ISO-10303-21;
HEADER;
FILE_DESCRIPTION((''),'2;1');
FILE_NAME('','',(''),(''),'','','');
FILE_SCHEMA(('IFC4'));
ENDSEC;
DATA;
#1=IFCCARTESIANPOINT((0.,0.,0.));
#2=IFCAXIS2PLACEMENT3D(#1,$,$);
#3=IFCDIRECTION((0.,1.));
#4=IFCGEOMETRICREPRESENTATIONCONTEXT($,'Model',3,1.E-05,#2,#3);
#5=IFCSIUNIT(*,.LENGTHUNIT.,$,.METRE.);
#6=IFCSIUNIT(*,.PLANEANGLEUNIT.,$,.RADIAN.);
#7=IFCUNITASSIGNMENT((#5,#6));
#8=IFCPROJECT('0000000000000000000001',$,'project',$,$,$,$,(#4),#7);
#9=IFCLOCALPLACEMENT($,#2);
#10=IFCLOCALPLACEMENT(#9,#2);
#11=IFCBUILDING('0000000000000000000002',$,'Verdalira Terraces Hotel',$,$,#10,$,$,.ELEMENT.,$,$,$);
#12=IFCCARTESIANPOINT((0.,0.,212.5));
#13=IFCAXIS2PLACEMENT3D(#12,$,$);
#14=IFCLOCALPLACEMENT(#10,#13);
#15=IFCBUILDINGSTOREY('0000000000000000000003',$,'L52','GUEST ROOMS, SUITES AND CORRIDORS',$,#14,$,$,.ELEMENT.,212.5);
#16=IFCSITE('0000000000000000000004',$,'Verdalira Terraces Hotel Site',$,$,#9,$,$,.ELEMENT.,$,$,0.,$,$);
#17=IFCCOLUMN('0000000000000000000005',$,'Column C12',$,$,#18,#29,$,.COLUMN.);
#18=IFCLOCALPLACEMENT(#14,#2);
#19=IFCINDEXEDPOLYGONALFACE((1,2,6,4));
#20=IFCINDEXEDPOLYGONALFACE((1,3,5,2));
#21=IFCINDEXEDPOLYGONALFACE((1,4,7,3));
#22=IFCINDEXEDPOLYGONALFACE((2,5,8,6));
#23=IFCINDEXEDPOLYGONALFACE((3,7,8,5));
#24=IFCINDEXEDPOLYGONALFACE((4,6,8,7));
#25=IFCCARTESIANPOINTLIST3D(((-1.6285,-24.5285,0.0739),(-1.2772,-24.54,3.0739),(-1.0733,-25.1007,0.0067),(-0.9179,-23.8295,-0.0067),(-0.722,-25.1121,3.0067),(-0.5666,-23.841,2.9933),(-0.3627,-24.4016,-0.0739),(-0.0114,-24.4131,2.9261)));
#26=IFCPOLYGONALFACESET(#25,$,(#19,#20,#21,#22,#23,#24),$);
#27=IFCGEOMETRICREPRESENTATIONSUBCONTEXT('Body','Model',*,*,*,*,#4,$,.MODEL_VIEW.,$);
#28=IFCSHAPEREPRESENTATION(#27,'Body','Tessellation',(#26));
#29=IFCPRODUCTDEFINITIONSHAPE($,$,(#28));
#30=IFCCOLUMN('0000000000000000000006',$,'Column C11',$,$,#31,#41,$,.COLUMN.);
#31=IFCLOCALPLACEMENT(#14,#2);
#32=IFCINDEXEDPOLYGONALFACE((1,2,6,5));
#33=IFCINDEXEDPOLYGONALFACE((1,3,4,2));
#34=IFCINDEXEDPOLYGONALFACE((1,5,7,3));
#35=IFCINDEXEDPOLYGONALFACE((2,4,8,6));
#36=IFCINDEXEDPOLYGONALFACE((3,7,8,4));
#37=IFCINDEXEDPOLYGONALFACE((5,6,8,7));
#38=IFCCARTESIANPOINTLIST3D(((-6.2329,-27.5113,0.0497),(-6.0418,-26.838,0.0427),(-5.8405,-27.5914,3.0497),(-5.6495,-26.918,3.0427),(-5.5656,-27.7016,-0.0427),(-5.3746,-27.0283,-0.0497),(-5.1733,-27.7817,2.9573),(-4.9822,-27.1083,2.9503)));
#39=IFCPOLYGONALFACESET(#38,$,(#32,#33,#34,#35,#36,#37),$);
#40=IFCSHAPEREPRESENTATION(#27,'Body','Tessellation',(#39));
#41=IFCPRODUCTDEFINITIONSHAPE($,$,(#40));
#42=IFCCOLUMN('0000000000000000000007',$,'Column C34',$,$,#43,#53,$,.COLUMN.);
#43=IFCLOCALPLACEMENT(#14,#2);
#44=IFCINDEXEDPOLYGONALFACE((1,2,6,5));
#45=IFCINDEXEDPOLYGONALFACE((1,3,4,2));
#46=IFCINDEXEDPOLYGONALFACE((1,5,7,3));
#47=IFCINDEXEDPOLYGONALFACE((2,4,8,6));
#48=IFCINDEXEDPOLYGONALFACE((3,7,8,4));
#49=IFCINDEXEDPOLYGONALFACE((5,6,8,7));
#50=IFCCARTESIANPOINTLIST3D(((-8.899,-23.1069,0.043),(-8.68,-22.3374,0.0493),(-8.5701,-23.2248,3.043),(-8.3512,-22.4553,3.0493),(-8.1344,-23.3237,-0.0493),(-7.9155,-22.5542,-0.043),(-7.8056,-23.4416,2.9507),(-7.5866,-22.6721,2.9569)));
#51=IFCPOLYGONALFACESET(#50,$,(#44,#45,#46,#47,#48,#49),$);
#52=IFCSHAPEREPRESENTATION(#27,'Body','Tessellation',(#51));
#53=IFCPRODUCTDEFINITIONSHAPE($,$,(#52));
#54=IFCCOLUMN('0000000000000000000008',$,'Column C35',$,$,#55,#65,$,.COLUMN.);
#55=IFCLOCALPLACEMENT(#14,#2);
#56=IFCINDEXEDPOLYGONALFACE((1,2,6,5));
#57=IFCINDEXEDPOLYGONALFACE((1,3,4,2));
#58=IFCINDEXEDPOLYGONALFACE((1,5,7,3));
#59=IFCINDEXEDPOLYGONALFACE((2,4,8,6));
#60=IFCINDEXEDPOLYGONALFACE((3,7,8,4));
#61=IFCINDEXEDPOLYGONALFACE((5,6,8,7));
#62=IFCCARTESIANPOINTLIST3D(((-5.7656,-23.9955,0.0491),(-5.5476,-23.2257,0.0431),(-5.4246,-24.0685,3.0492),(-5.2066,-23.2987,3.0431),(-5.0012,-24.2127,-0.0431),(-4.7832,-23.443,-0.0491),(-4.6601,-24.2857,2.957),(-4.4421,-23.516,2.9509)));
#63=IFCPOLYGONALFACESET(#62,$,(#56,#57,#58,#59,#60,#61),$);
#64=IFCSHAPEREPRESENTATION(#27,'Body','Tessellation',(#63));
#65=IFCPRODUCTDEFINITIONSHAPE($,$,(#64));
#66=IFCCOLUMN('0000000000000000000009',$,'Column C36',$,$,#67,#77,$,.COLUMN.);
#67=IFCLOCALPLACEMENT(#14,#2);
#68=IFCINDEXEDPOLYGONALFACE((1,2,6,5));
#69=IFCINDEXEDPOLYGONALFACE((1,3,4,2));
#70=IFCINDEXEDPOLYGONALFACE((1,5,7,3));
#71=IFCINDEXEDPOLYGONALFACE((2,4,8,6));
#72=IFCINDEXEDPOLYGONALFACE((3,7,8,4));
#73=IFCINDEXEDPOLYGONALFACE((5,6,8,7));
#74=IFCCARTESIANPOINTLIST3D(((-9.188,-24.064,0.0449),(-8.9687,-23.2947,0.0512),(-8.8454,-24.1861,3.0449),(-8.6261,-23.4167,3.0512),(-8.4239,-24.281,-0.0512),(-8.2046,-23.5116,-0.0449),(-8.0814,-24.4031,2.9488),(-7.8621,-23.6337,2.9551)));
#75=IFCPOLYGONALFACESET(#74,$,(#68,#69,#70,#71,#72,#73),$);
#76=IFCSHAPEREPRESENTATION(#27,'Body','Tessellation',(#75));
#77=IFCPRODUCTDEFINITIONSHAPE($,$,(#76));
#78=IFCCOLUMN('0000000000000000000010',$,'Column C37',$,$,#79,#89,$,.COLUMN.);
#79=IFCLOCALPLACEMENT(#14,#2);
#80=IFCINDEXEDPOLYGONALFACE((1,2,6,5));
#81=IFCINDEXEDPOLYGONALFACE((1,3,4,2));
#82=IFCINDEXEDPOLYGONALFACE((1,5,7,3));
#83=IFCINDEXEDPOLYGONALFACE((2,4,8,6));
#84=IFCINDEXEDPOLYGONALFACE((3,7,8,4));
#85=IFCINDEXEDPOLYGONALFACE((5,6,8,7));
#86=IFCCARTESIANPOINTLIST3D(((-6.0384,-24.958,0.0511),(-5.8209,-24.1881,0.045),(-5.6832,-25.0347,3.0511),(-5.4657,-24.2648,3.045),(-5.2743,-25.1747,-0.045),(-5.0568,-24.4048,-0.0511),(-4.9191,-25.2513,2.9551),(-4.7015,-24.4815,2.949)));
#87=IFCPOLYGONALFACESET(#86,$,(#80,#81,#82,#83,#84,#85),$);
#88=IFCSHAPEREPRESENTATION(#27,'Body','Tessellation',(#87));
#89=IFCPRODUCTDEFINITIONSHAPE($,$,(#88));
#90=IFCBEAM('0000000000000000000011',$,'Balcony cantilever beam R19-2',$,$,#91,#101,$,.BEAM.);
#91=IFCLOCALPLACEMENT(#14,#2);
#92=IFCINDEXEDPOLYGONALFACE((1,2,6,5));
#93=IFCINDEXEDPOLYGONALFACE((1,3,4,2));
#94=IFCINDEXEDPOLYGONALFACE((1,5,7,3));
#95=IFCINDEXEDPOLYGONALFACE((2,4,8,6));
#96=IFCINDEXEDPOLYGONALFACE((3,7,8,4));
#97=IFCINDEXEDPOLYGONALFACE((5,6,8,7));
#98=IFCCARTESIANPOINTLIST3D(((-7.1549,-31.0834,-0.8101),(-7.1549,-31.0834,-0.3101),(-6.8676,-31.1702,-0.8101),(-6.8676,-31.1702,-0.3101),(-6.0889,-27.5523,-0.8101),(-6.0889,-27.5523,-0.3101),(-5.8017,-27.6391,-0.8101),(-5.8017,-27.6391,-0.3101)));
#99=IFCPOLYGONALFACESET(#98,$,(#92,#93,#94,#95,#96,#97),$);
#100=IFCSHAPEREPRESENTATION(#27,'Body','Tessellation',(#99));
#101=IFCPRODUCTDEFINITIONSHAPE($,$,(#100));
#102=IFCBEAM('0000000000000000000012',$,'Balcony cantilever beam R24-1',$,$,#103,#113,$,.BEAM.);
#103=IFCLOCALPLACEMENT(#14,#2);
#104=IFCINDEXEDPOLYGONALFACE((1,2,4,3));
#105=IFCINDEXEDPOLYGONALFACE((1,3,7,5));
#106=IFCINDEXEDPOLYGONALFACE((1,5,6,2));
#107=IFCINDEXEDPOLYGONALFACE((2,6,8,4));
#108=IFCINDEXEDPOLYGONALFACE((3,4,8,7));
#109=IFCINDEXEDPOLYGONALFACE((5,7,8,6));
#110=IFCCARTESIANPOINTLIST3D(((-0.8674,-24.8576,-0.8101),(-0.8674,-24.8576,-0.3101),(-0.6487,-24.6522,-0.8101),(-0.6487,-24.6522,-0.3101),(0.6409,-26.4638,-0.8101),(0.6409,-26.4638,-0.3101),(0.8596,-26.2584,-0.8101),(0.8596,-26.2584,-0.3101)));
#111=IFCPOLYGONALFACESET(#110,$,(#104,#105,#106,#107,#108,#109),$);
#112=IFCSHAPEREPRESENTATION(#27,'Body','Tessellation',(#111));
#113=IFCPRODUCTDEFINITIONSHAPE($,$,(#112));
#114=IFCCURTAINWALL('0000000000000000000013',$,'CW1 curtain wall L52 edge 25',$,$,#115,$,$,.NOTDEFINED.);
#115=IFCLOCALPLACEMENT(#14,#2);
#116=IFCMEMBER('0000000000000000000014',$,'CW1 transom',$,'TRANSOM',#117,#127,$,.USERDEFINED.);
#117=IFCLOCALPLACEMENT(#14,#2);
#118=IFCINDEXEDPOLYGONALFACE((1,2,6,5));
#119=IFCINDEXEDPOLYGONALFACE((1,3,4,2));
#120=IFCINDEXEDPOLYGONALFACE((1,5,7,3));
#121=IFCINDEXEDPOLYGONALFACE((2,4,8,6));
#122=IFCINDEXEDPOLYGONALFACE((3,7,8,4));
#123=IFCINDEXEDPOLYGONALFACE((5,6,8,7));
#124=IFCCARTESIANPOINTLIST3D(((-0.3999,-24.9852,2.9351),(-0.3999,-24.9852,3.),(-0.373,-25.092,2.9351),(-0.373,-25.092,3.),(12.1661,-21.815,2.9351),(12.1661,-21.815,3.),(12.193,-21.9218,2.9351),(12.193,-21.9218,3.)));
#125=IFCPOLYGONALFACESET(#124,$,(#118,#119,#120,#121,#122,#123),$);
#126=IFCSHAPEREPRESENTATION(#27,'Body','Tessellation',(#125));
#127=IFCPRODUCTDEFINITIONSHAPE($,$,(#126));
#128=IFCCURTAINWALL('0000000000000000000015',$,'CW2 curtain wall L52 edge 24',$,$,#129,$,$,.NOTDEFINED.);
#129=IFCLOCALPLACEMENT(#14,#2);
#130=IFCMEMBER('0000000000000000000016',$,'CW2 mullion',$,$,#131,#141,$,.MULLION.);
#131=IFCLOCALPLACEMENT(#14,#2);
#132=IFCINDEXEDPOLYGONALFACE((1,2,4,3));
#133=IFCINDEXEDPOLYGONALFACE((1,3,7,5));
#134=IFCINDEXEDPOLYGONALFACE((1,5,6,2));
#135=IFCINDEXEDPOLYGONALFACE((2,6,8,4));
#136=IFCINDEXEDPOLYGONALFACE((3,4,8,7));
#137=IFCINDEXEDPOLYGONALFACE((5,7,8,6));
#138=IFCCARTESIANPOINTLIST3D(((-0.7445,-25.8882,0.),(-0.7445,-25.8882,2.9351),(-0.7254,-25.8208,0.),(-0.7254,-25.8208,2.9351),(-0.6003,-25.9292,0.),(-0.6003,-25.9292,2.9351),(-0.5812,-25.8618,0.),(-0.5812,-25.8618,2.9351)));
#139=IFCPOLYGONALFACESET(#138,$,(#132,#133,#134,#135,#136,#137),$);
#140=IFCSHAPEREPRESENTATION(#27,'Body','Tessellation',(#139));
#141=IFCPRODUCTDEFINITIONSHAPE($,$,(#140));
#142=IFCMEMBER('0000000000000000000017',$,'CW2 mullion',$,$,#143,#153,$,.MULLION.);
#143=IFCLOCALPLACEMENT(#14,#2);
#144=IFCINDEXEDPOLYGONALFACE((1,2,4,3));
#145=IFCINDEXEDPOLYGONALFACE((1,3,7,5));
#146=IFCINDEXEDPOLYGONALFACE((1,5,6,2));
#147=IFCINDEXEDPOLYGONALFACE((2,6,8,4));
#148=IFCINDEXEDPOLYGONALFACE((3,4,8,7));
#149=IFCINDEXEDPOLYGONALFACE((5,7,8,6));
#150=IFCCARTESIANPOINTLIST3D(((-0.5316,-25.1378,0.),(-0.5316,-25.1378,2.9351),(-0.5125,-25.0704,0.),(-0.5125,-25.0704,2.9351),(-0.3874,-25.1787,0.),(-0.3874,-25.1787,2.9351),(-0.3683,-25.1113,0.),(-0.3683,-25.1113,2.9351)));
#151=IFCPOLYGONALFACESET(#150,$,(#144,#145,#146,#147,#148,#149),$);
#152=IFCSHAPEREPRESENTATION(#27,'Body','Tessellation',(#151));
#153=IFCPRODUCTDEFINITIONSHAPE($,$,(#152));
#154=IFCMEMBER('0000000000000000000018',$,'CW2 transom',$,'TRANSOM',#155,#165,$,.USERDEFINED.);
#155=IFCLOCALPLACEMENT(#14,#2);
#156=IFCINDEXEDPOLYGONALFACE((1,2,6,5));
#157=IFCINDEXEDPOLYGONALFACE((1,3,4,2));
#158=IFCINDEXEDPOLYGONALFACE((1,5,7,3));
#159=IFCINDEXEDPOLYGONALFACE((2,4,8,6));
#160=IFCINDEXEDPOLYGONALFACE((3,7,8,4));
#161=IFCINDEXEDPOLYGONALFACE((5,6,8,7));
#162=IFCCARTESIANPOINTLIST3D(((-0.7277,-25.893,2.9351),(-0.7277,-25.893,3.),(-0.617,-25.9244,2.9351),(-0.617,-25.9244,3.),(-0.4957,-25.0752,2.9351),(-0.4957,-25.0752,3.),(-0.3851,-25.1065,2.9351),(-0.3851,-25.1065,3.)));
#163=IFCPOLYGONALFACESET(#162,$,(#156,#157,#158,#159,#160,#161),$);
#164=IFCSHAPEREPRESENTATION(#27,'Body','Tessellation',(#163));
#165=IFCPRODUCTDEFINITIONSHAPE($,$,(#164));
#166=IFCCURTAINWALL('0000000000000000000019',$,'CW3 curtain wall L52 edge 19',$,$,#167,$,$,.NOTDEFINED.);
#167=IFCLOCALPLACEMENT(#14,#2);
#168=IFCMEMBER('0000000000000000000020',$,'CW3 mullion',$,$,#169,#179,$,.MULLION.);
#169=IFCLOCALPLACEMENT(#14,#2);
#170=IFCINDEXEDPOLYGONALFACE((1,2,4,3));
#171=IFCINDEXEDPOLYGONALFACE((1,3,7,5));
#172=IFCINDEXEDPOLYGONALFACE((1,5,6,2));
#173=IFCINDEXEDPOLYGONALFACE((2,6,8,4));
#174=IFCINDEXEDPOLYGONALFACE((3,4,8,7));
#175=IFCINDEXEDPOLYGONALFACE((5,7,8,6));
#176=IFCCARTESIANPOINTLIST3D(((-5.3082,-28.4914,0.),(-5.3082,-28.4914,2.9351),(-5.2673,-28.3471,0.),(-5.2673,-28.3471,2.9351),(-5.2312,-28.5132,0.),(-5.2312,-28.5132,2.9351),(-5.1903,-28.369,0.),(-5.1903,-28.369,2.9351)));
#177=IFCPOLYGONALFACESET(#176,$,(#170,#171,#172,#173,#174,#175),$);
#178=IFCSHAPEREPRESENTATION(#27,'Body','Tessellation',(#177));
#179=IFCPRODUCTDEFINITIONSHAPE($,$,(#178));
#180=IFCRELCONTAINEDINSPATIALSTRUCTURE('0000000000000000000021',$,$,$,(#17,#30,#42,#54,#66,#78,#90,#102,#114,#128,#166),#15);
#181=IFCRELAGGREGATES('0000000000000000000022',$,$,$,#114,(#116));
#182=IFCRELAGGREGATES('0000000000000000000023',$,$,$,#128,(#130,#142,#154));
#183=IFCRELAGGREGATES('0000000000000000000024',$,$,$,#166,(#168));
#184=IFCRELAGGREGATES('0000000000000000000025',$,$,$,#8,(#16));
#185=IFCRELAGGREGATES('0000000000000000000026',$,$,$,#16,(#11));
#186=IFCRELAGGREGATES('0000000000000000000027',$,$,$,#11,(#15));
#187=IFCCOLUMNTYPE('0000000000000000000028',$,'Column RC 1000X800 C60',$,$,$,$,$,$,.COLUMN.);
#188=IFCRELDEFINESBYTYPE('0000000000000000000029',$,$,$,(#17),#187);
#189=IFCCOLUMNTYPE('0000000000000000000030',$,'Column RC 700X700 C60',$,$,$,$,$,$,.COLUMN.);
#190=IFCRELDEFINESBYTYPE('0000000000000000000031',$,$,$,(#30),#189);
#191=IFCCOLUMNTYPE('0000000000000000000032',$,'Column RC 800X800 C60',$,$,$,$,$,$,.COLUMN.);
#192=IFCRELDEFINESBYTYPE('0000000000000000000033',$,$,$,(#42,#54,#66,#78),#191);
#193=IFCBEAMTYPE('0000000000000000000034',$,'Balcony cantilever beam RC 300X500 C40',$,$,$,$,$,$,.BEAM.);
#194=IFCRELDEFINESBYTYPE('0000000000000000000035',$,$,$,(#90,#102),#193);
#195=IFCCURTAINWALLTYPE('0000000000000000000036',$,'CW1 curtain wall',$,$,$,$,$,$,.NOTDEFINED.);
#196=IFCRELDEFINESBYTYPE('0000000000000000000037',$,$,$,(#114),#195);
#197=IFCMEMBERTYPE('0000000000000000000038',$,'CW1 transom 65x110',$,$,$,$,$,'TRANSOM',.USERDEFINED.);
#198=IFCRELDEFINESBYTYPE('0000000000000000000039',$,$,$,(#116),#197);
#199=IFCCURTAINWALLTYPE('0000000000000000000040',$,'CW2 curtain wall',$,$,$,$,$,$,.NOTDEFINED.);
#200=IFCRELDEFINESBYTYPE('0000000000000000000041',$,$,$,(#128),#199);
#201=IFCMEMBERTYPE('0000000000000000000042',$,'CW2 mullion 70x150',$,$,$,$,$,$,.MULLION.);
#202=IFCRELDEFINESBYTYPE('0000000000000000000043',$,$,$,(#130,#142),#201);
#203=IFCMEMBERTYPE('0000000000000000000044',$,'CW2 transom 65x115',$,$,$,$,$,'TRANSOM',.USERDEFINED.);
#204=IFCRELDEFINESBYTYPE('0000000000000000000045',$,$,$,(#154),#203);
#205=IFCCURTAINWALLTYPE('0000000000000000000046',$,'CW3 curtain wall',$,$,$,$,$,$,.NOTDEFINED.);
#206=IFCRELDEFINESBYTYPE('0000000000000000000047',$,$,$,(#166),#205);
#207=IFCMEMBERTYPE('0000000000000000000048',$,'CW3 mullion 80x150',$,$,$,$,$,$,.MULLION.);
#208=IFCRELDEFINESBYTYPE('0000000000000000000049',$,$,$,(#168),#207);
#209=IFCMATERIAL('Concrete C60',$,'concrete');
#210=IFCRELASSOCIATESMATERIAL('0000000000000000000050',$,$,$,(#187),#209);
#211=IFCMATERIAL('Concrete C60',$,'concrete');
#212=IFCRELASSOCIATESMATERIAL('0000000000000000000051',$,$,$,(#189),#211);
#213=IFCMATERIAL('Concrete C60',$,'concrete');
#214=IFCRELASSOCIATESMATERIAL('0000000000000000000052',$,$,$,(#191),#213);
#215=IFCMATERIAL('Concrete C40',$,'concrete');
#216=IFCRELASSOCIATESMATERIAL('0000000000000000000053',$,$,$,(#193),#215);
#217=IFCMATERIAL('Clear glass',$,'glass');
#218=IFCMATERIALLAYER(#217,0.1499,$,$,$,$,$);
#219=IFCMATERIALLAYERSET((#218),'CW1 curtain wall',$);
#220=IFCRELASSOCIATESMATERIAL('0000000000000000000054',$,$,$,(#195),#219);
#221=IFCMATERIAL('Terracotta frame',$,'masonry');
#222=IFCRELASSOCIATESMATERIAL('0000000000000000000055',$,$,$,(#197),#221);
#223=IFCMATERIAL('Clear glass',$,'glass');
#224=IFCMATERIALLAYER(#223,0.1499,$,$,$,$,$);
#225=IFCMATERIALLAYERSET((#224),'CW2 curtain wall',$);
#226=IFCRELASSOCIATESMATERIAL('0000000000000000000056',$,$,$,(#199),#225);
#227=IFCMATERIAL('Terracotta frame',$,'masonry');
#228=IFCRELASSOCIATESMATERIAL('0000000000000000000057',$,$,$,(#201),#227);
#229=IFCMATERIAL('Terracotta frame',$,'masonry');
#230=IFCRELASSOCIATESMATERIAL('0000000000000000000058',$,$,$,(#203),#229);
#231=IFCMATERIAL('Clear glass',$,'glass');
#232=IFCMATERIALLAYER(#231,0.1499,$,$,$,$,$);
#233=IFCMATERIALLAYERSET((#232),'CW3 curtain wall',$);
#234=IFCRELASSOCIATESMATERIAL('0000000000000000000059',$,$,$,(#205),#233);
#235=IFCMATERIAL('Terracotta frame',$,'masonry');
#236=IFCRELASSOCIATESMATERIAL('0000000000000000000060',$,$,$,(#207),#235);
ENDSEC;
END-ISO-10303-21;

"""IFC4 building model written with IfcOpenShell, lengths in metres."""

from ifc_helpers import new_model, si_unit, direction, frame, origin, origin_2d, place, context, subcontext, project, spatial, rectangle, extrude, material, layer, layer_set, material_profile, profile_set, type_object, element, aggregate, save


model = new_model("IFC4")

# Units and contexts
model_context = context("Model", 3, precision=1e-05, world=origin(), true_north=direction((0.0, 1.0)))
body_context = subcontext(model_context, "Body", "Model", "MODEL_VIEW")
ifc_project = project(units=[si_unit("LENGTHUNIT", "METRE"), si_unit("PLANEANGLEUNIT", "RADIAN")], contexts=[model_context])

# Site, building, storey
site_placement = place(None, origin())
site = spatial("IfcSite", under=ifc_project, at=site_placement, Name="Verdalira Terraces Hotel Site", CompositionType="ELEMENT", RefElevation=0.0)
building_placement = place(site_placement, origin())
building = spatial("IfcBuilding", under=site, at=building_placement, Name="Verdalira Terraces Hotel", CompositionType="ELEMENT")
storey_placement = place(building_placement, frame((0.0, 0.0, 212.5)))
storey = spatial("IfcBuildingStorey", under=building, at=storey_placement, Name="L52", Description="GUEST ROOMS, SUITES AND CORRIDORS", CompositionType="ELEMENT", Elevation=212.5)

# Columns
ifc_material_1 = material(Name="Concrete C60", Category="concrete")
ifc_material_profile_1 = material_profile(ifc_material_1, rectangle(XDim=1.0, YDim=0.8, at=origin_2d()), Name="RC 1000X800")
ifc_profile_set_1 = profile_set([ifc_material_profile_1], Name="Concrete C60")
column_type_1 = type_object("IfcColumnType", Name="Column RC 1000X800 C60", PredefinedType="COLUMN", material=ifc_profile_set_1)
column_1_placement = place(storey_placement, frame((-0.9956, -24.4651, 0.0), z_axis=(0.11631, -0.003799, 0.993206), x_axis=(-0.710566, -0.699006, 0.080538)))
element("IfcColumn", 1, at=column_1_placement, inside=storey, type_object=column_type_1, Name="Column C12", PredefinedType="COLUMN", context=body_context, shape_type="SweptSolid", body=[
    extrude(rectangle(XDim=1.0, YDim=0.8, at=origin_2d()), origin(), (0.0, 0.0, 1.0), 3.0205),
])
ifc_material_2 = material(Name="Concrete C60", Category="concrete")
ifc_material_profile_2 = material_profile(ifc_material_2, rectangle(XDim=0.7, YDim=0.7, at=origin_2d()), Name="RC 700X700")
ifc_profile_set_2 = profile_set([ifc_material_profile_2], Name="Concrete C60")
column_type_2 = type_object("IfcColumnType", Name="Column RC 700X700 C60", PredefinedType="COLUMN", material=ifc_profile_set_2)
column_2_placement = place(storey_placement, frame((-5.8037, -27.2698, 0.0), z_axis=(0.129628, -0.026458, 0.99121), x_axis=(0.953252, -0.271859, -0.131921)))
element("IfcColumn", 2, at=column_2_placement, inside=storey, type_object=column_type_2, Name="Column C11", PredefinedType="COLUMN", context=body_context, shape_type="SweptSolid", body=[
    extrude(rectangle(XDim=0.7, YDim=0.7, at=origin_2d()), origin(), (0.0, 0.0, 1.0), 3.0266),
])
ifc_material_3 = material(Name="Concrete C60", Category="concrete")
ifc_material_profile_3 = material_profile(ifc_material_3, rectangle(XDim=0.8, YDim=0.8, at=origin_2d()), Name="RC 800X800")
ifc_profile_set_3 = profile_set([ifc_material_profile_3], Name="Concrete C60")
column_type_3 = type_object("IfcColumnType", Name="Column RC 800X800 C60", PredefinedType="COLUMN", material=ifc_profile_set_3)
for number, where, z_axis, x_axis, name in (
    (3, (-8.4072, -22.8306, 0.0), (0.108883, -0.039043, 0.993288), (-0.273655, -0.961796, -0.007807), "Column C34"),
    (4, (-5.2744, -23.7192, 0.0), (0.112927, -0.02417, 0.993309), (-0.272497, -0.962127, 0.007569), "Column C35"),
):
    element("IfcColumn", number, at=place(storey_placement, frame(where, z_axis=z_axis, x_axis=x_axis)), inside=storey, type_object=column_type_3, Name=name, PredefinedType="COLUMN", context=body_context, shape_type="SweptSolid", body=[
        extrude(rectangle(XDim=0.8, YDim=0.8, at=origin_2d()), origin(), (0.0, 0.0, 1.0), 3.0203),
    ])
for number, where, z_axis, x_axis, name in (
    (5, (-8.6963, -23.7878, 0.0), (0.113347, -0.040394, 0.992734), (-0.274085, -0.961674, -0.007837), "Column C36"),
    (6, (-5.5476, -24.6814, 0.0), (0.117549, -0.025368, 0.992743), (-0.271902, -0.962295, 0.007606), "Column C37"),
):
    element("IfcColumn", number, at=place(storey_placement, frame(where, z_axis=z_axis, x_axis=x_axis)), inside=storey, type_object=column_type_3, Name=name, PredefinedType="COLUMN", context=body_context, shape_type="SweptSolid", body=[
        extrude(rectangle(XDim=0.8, YDim=0.8, at=origin_2d()), origin(), (0.0, 0.0, 1.0), 3.022),
    ])

# Beams
ifc_material_4 = material(Name="Concrete C40", Category="concrete")
ifc_material_profile_4 = material_profile(ifc_material_4, rectangle(XDim=0.3, YDim=0.5, at=origin_2d()), Name="RC 300X500")
ifc_profile_set_4 = profile_set([ifc_material_profile_4], Name="Concrete C40")
beam_type_1 = type_object("IfcBeamType", Name="Balcony cantilever beam RC 300X500 C40", PredefinedType="BEAM", material=ifc_profile_set_4)
beam_1_placement = place(storey_placement, frame((-5.9453, -27.5957, -0.5601), z_axis=(-0.288993, -0.957331, 0.0), x_axis=(0.957331, -0.288993, 0.0)))
element("IfcBeam", 7, at=beam_1_placement, inside=storey, type_object=beam_type_1, Name="Balcony cantilever beam R19-2", PredefinedType="BEAM", context=body_context, shape_type="SweptSolid", body=[
    extrude(rectangle(XDim=0.3, YDim=0.5, at=origin_2d()), origin(), (0.0, 0.0, 1.0), 3.6885),
])
beam_2_placement = place(storey_placement, frame((-0.7581, -24.7549, -0.5601), z_axis=(0.684542, -0.728974, 0.0), x_axis=(0.728974, 0.684542, 0.0)))
element("IfcBeam", 8, at=beam_2_placement, inside=storey, type_object=beam_type_1, Name="Balcony cantilever beam R24-1", PredefinedType="BEAM", context=body_context, shape_type="SweptSolid", body=[
    extrude(rectangle(XDim=0.3, YDim=0.5, at=origin_2d()), origin(), (0.0, 0.0, 1.0), 2.2034),
])

# Curtain wall, member
ifc_material_5 = material(Name="Clear glass", Category="glass")
ifc_layer_1 = layer(ifc_material_5, 0.1499)
ifc_layer_set_1 = layer_set([ifc_layer_1], Name="CW1 curtain wall")
curtain_wall_type_1 = type_object("IfcCurtainWallType", Name="CW1 curtain wall", PredefinedType="NOTDEFINED", material=ifc_layer_set_1)
curtain_wall_1_placement = place(storey_placement, origin())
curtain_wall_1 = element("IfcCurtainWall", 9, at=curtain_wall_1_placement, inside=storey, type_object=curtain_wall_type_1, Name="CW1 curtain wall L52 edge 25", PredefinedType="NOTDEFINED")
ifc_material_6 = material(Name="Terracotta frame", Category="masonry")
ifc_material_profile_5 = material_profile(ifc_material_6, rectangle(XDim=0.1101, YDim=0.0649, at=origin_2d()), Name="TR 65x110")
ifc_profile_set_5 = profile_set([ifc_material_profile_5], Name="Terracotta frame")
member_type_1 = type_object("IfcMemberType", Name="CW1 transom 65x110", ElementType="TRANSOM", PredefinedType="USERDEFINED", material=ifc_profile_set_5)
member_1_placement = place(storey_placement, frame((-0.3865, -25.0386, 2.9675), z_axis=(0.969619, 0.244618, 0.0), x_axis=(-0.244618, 0.969619, 0.0)))
member_1 = element("IfcMember", 10, at=member_1_placement, type_object=member_type_1, Name="CW1 transom", ObjectType="TRANSOM", PredefinedType="USERDEFINED", context=body_context, shape_type="SweptSolid", body=[
    extrude(rectangle(XDim=0.1101, YDim=0.0649, at=origin_2d()), origin(), (0.0, 0.0, 1.0), 12.9597),
])
aggregate(curtain_wall_1, [member_1])

# Curtain wall, members
ifc_material_7 = material(Name="Clear glass", Category="glass")
ifc_layer_2 = layer(ifc_material_7, 0.1499)
ifc_layer_set_2 = layer_set([ifc_layer_2], Name="CW2 curtain wall")
curtain_wall_type_2 = type_object("IfcCurtainWallType", Name="CW2 curtain wall", PredefinedType="NOTDEFINED", material=ifc_layer_set_2)
curtain_wall_2_placement = place(storey_placement, origin())
curtain_wall_2 = element("IfcCurtainWall", 11, at=curtain_wall_2_placement, inside=storey, type_object=curtain_wall_type_2, Name="CW2 curtain wall L52 edge 24", PredefinedType="NOTDEFINED")
ifc_material_8 = material(Name="Terracotta frame", Category="masonry")
ifc_material_profile_6 = material_profile(ifc_material_8, rectangle(XDim=0.0701, YDim=0.1499, at=origin_2d()), Name="MU 70x150")
ifc_profile_set_6 = profile_set([ifc_material_profile_6], Name="Terracotta frame")
member_type_2 = type_object("IfcMemberType", Name="CW2 mullion 70x150", PredefinedType="MULLION", material=ifc_profile_set_6)
member_2_placement = place(storey_placement, frame((-0.6628, -25.875, 0.0), z_axis=(0.0, 0.0, 1.0), x_axis=(0.272952, 0.962028, 0.0)))
member_2 = element("IfcMember", 12, at=member_2_placement, type_object=member_type_2, Name="CW2 mullion", PredefinedType="MULLION", context=body_context, shape_type="SweptSolid", body=[
    extrude(rectangle(XDim=0.0701, YDim=0.1499, at=origin_2d()), origin(), (0.0, 0.0, 1.0), 2.9351),
])
member_3_placement = place(storey_placement, frame((-0.45, -25.1245, 0.0), z_axis=(0.0, 0.0, 1.0), x_axis=(0.272952, 0.962028, 0.0)))
member_3 = element("IfcMember", 13, at=member_3_placement, type_object=member_type_2, Name="CW2 mullion", PredefinedType="MULLION", context=body_context, shape_type="SweptSolid", body=[
    extrude(rectangle(XDim=0.0701, YDim=0.1499, at=origin_2d()), origin(), (0.0, 0.0, 1.0), 2.9351),
])
ifc_material_9 = material(Name="Terracotta frame", Category="masonry")
ifc_material_profile_7 = material_profile(ifc_material_9, rectangle(XDim=0.115, YDim=0.0649, at=origin_2d()), Name="TR 65x115")
ifc_profile_set_7 = profile_set([ifc_material_profile_7], Name="Terracotta frame")
member_type_3 = type_object("IfcMemberType", Name="CW2 transom 65x115", ElementType="TRANSOM", PredefinedType="USERDEFINED", material=ifc_profile_set_7)
member_4_placement = place(storey_placement, frame((-0.6724, -25.9087, 2.9675), z_axis=(0.272824, 0.962064, 0.0), x_axis=(-0.962064, 0.272824, 0.0)))
member_4 = element("IfcMember", 14, at=member_4_placement, type_object=member_type_3, Name="CW2 transom", ObjectType="TRANSOM", PredefinedType="USERDEFINED", context=body_context, shape_type="SweptSolid", body=[
    extrude(rectangle(XDim=0.115, YDim=0.0649, at=origin_2d()), origin(), (0.0, 0.0, 1.0), 0.8501),
])

# Curtain wall, member
ifc_material_10 = material(Name="Clear glass", Category="glass")
ifc_layer_3 = layer(ifc_material_10, 0.1499)
ifc_layer_set_3 = layer_set([ifc_layer_3], Name="CW3 curtain wall")
curtain_wall_type_3 = type_object("IfcCurtainWallType", Name="CW3 curtain wall", PredefinedType="NOTDEFINED", material=ifc_layer_set_3)
curtain_wall_3_placement = place(storey_placement, origin())
curtain_wall_3 = element("IfcCurtainWall", 15, at=curtain_wall_3_placement, inside=storey, type_object=curtain_wall_type_3, Name="CW3 curtain wall L52 edge 19", PredefinedType="NOTDEFINED")
ifc_material_11 = material(Name="Terracotta frame", Category="masonry")
ifc_material_profile_8 = material_profile(ifc_material_11, rectangle(XDim=0.0801, YDim=0.1499, at=origin_2d()), Name="MU 80x150")
ifc_profile_set_8 = profile_set([ifc_material_profile_8], Name="Terracotta frame")
member_type_4 = type_object("IfcMemberType", Name="CW3 mullion 80x150", PredefinedType="MULLION", material=ifc_profile_set_8)
member_5_placement = place(storey_placement, frame((-5.2493, -28.4302, 0.0), z_axis=(0.0, 0.0, 1.0), x_axis=(0.962028, -0.272952, 0.0)))
member_5 = element("IfcMember", 16, at=member_5_placement, type_object=member_type_4, Name="CW3 mullion", PredefinedType="MULLION", context=body_context, shape_type="SweptSolid", body=[
    extrude(rectangle(XDim=0.0801, YDim=0.1499, at=origin_2d()), origin(), (0.0, 0.0, 1.0), 2.9351),
])

aggregate(curtain_wall_2, [member_2, member_3, member_4])
aggregate(curtain_wall_3, [member_5])

save(model, "model.ifc")
